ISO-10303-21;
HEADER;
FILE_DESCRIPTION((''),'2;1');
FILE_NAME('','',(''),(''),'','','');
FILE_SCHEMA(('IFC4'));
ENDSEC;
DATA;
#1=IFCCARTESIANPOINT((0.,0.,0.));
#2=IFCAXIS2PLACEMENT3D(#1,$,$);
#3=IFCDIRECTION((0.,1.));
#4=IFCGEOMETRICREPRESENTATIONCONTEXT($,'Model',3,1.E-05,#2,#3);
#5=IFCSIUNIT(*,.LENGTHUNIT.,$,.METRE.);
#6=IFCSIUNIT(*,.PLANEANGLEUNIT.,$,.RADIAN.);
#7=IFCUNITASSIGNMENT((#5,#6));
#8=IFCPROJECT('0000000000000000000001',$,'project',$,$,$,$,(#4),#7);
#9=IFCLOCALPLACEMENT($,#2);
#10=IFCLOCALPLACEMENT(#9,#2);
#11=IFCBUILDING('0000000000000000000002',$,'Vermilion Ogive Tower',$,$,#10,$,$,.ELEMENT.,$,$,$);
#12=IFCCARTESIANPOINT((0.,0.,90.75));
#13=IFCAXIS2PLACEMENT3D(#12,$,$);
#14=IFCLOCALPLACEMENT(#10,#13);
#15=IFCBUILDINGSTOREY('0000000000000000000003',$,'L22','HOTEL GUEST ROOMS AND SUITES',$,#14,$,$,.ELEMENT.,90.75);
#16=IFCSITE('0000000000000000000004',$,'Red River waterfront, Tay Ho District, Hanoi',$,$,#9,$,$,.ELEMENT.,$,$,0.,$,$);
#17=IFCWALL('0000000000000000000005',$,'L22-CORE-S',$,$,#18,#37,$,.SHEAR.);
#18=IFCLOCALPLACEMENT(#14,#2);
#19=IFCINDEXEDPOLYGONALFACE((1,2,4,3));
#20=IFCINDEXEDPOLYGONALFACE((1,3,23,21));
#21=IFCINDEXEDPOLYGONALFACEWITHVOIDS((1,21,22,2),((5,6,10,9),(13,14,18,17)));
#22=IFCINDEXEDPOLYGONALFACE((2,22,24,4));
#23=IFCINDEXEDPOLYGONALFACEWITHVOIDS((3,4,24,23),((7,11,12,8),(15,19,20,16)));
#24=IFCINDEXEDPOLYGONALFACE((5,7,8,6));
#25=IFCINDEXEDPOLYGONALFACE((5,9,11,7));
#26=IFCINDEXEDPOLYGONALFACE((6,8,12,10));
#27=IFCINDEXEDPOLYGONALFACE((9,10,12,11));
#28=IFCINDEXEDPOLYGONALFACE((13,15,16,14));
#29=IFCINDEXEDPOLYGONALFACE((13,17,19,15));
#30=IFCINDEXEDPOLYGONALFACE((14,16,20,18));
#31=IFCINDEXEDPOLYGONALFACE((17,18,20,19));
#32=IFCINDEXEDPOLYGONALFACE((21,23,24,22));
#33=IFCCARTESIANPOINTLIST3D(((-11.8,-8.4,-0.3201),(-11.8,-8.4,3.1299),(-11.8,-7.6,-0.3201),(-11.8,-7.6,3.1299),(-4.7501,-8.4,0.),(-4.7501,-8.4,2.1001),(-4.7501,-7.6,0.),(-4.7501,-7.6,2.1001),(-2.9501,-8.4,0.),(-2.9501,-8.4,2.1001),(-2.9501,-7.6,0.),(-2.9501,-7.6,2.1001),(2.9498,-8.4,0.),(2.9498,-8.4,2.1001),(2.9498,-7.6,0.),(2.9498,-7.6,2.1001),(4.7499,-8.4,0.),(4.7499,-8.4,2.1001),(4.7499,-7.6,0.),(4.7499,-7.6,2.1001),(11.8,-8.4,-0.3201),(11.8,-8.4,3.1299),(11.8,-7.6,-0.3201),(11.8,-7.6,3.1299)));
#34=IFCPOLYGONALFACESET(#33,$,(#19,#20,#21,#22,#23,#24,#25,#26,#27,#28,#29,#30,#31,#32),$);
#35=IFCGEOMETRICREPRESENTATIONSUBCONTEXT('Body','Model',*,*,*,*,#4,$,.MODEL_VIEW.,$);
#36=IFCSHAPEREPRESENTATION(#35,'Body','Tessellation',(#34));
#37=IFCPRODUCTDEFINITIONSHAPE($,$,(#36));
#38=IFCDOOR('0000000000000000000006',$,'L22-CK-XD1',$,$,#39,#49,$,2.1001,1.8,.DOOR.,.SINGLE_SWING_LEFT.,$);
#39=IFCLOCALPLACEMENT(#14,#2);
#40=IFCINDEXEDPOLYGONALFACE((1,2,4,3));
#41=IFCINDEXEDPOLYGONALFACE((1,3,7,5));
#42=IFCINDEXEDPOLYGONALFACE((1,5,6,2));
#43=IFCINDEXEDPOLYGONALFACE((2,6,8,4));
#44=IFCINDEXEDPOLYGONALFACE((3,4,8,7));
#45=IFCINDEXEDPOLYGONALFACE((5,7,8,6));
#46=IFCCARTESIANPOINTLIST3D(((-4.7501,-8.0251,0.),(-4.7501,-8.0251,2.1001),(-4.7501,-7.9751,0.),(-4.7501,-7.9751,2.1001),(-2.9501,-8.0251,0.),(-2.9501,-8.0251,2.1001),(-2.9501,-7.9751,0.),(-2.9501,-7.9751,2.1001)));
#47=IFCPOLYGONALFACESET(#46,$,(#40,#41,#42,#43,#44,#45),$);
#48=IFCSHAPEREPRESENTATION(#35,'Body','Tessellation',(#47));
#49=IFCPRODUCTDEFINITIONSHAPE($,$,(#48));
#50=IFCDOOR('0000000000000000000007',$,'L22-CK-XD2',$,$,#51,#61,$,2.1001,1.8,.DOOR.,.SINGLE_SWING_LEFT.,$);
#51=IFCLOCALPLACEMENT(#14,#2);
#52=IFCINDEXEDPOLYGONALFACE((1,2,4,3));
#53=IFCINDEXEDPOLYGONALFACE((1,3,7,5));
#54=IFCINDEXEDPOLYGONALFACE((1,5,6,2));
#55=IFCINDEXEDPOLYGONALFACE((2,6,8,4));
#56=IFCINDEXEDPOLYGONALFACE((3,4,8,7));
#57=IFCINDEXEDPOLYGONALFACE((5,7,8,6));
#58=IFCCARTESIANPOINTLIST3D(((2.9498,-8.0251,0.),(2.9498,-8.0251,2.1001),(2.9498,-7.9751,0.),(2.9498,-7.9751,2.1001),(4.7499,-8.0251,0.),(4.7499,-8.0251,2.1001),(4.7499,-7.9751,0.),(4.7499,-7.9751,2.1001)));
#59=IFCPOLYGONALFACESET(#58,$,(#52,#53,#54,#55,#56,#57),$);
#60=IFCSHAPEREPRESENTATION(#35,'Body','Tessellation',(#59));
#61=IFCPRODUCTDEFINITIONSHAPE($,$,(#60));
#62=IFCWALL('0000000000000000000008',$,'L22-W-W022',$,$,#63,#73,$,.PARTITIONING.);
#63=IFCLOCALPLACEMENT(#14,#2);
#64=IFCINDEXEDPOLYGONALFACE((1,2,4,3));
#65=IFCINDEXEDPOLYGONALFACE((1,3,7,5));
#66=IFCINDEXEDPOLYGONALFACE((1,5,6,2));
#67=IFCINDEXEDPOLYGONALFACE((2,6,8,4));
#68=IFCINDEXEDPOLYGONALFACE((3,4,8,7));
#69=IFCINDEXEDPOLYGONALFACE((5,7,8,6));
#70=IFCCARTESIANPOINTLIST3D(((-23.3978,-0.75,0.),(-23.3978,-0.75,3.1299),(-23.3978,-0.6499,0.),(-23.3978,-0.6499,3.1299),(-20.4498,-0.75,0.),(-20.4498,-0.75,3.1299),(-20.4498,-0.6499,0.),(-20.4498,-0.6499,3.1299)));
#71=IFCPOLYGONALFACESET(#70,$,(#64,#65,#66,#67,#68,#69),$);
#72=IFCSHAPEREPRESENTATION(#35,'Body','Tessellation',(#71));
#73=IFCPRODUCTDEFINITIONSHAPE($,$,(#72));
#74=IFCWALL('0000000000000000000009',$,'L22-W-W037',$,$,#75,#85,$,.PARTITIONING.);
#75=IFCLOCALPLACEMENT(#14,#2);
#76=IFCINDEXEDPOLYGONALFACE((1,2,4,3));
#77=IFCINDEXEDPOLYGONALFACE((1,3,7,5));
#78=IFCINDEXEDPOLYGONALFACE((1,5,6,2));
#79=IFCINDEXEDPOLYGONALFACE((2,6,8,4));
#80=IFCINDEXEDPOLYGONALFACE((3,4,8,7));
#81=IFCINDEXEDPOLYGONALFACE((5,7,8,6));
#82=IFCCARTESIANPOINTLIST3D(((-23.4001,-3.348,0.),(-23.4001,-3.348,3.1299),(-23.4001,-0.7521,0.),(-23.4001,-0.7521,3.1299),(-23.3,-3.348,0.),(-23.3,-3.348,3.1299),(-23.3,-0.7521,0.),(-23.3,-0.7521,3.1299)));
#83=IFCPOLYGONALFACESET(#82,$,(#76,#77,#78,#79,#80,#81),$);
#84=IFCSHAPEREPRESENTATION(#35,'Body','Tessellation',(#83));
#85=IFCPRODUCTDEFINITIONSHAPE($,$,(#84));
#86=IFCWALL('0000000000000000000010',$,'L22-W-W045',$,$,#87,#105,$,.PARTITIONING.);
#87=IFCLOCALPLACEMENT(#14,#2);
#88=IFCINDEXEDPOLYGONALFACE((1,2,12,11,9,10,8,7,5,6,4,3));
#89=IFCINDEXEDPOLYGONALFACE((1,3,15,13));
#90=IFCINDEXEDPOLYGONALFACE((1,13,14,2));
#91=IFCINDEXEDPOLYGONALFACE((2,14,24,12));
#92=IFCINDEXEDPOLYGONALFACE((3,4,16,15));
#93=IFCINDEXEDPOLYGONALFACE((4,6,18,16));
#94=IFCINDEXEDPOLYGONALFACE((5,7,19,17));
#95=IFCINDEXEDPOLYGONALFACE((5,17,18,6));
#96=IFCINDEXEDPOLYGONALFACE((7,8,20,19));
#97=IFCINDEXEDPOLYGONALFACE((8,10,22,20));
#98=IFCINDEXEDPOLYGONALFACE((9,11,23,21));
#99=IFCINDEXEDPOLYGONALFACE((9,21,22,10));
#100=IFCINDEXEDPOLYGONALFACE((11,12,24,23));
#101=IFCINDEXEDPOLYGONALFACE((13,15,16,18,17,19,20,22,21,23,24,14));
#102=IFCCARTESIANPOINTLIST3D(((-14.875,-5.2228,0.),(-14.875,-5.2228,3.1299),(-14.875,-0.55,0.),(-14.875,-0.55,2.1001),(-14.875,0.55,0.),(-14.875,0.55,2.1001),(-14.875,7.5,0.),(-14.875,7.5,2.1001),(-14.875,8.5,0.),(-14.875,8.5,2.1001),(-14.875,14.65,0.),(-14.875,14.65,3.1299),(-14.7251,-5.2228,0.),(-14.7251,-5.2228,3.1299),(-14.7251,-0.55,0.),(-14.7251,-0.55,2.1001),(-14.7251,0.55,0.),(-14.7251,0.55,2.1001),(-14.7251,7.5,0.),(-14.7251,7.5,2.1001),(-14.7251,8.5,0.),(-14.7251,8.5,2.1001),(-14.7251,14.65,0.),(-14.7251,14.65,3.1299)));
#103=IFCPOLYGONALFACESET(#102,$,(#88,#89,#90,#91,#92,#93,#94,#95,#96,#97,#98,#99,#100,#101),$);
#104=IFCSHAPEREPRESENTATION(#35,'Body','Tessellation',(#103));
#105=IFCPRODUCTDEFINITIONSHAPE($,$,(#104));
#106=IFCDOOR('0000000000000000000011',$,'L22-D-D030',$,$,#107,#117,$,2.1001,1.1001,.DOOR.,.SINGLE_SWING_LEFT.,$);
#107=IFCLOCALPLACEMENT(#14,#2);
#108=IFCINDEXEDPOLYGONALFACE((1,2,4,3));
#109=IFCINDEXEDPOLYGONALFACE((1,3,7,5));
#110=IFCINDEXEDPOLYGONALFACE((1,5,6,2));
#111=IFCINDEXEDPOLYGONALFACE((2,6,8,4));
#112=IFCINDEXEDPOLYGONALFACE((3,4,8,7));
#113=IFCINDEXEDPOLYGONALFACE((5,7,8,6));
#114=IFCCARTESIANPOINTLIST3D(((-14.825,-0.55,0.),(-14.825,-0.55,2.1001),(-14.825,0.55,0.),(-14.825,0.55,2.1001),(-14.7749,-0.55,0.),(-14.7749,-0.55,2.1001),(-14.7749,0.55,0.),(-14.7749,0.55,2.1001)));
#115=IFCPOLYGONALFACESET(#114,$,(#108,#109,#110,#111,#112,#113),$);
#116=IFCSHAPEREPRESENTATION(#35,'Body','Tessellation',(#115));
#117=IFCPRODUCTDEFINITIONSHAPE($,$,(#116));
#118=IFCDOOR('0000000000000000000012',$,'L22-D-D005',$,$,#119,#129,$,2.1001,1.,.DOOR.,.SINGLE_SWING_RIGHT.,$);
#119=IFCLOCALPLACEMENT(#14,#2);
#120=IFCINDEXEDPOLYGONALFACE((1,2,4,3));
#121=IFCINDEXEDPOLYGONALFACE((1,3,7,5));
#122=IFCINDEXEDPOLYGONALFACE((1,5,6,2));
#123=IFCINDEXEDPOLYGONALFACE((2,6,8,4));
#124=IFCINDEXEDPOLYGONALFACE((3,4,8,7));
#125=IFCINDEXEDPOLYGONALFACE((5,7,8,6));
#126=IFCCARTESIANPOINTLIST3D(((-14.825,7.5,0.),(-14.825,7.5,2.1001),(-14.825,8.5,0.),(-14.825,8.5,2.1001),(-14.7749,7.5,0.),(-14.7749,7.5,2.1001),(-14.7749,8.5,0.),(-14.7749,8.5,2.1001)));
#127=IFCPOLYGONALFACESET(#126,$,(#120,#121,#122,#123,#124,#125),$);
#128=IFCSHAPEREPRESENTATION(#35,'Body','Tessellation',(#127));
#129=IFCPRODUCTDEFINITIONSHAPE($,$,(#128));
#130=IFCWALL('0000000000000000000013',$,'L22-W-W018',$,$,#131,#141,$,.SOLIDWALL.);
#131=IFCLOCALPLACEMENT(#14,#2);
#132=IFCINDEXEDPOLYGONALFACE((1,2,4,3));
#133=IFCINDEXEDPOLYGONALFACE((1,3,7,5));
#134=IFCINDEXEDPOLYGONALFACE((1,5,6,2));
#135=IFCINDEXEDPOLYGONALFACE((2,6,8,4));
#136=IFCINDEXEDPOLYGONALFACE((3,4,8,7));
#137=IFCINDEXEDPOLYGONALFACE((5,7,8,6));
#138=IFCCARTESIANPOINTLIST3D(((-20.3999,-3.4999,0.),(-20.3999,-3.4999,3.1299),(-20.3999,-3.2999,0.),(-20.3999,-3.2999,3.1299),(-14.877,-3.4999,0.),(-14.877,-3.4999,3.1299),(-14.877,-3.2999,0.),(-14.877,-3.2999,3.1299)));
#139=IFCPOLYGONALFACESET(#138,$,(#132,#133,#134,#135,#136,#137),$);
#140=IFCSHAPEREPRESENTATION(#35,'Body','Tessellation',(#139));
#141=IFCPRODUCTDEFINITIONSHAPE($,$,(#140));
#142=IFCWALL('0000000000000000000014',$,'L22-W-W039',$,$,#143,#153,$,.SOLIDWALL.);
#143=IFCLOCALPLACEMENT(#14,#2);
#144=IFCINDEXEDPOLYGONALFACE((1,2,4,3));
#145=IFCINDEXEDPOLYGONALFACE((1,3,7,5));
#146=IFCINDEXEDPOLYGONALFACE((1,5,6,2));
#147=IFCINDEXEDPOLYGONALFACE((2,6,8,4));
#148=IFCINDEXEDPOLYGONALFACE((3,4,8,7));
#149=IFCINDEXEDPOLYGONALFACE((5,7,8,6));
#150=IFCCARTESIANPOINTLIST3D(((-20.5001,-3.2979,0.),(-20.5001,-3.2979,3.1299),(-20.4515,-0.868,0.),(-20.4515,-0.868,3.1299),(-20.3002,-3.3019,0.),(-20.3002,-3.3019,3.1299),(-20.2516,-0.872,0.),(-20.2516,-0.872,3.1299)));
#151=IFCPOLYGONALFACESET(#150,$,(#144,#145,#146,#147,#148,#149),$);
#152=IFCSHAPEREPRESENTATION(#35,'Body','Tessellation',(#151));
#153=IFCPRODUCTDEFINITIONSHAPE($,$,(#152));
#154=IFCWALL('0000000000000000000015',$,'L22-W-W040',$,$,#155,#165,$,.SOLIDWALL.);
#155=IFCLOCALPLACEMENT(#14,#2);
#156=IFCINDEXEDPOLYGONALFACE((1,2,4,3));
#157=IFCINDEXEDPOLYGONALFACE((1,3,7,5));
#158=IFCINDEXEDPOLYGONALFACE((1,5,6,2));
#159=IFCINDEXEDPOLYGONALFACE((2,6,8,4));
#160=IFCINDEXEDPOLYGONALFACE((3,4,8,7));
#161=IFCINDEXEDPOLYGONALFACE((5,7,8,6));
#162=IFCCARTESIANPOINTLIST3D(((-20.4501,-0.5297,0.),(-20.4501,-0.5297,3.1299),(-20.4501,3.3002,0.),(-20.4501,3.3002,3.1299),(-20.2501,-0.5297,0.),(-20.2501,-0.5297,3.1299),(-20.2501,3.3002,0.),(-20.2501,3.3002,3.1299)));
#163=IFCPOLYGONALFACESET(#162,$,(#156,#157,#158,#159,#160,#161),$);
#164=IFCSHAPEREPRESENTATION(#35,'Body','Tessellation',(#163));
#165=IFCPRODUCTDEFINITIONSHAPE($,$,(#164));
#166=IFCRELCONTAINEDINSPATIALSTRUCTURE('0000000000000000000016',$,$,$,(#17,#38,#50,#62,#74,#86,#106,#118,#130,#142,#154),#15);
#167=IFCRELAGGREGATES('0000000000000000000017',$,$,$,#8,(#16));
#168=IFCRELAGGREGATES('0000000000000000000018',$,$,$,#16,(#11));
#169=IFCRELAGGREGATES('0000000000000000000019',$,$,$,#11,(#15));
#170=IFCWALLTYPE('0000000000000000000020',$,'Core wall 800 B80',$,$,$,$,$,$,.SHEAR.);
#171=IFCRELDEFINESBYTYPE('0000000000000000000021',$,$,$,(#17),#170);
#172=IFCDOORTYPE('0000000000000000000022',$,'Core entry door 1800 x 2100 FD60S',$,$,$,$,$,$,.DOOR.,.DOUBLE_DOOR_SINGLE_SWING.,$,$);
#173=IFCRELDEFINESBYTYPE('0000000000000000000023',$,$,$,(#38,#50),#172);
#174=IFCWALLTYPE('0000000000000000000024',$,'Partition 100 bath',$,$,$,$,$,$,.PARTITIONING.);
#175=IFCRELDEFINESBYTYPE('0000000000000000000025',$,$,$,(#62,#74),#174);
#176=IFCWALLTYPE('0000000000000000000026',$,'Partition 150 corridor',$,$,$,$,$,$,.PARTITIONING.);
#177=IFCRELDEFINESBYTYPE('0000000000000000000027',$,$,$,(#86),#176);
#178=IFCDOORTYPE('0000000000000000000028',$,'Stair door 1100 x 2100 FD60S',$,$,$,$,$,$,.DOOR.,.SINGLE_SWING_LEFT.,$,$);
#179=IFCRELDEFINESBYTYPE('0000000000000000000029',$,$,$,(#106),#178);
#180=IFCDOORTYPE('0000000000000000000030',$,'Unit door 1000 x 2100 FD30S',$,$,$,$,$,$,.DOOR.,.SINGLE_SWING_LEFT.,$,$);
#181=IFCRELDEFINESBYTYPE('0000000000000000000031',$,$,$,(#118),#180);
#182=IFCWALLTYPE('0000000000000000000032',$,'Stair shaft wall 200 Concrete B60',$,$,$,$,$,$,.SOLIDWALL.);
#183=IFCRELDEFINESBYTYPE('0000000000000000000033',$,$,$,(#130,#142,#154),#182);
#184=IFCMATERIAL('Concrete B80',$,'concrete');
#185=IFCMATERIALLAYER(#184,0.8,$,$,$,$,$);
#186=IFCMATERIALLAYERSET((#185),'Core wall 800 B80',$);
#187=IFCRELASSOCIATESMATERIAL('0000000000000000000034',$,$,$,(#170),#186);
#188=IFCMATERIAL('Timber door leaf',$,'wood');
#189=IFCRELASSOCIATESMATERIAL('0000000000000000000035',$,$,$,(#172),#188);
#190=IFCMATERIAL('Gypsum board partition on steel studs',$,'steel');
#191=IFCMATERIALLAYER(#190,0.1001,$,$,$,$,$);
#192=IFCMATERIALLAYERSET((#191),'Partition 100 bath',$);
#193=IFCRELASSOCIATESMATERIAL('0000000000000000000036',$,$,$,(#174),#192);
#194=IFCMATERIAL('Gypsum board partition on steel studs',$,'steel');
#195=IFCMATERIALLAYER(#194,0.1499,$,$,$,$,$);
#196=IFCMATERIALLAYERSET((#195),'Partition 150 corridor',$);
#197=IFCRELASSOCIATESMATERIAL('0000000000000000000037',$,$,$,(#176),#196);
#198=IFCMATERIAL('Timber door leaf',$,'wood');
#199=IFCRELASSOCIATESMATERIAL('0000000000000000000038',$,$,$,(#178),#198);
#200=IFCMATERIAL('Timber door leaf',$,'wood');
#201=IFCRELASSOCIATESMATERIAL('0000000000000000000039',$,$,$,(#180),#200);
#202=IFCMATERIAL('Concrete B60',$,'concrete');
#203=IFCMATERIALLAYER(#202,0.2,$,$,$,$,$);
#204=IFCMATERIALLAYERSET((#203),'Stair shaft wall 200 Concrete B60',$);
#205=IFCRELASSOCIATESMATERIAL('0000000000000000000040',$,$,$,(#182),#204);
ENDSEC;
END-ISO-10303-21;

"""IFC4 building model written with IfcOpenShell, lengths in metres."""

from ifc_helpers import new_model, si_unit, direction, frame, frame_2d, origin, place, context, subcontext, project, spatial, rectangle, extrude, material, layer, layer_set, type_object, element, fill, save


model = new_model("IFC4")

# Units and contexts
model_context = context("Model", 3, precision=1e-05, world=origin(), true_north=direction((0.0, 1.0)))
body_context = subcontext(model_context, "Body", "Model", "MODEL_VIEW")
ifc_project = project(units=[si_unit("LENGTHUNIT", "METRE"), si_unit("PLANEANGLEUNIT", "RADIAN")], contexts=[model_context])

# Site, building, storey
site_placement = place(None, origin())
site = spatial("IfcSite", under=ifc_project, at=site_placement, Name="Red River waterfront, Tay Ho District, Hanoi", CompositionType="ELEMENT", RefElevation=0.0)
building_placement = place(site_placement, origin())
building = spatial("IfcBuilding", under=site, at=building_placement, Name="Vermilion Ogive Tower", CompositionType="ELEMENT")
storey_placement = place(building_placement, frame((0.0, 0.0, 90.75)))
storey = spatial("IfcBuildingStorey", under=building, at=storey_placement, Name="L22", Description="HOTEL GUEST ROOMS AND SUITES", CompositionType="ELEMENT", Elevation=90.75)

# Wall, openings, doors
ifc_material_1 = material(Name="Concrete B80", Category="concrete")
ifc_layer_1 = layer(ifc_material_1, 0.8)
ifc_layer_set_1 = layer_set([ifc_layer_1], Name="Core wall 800 B80")
wall_type_1 = type_object("IfcWallType", Name="Core wall 800 B80", PredefinedType="SHEAR", material=ifc_layer_set_1)
wall_1_placement = place(storey_placement, frame((-11.8, -8.0, -0.3201), z_axis=(0.0, 0.0, 1.0), x_axis=(1.0, 0.0, 0.0)))
wall_1 = element("IfcWall", 1, at=wall_1_placement, inside=storey, type_object=wall_type_1, Name="L22-CORE-S", PredefinedType="SHEAR", context=body_context, shape_type="SweptSolid", body=[
    extrude(rectangle(XDim=23.6001, YDim=0.8, at=frame_2d((11.8, 0.0))), origin(), (0.0, 0.0, 1.0), 3.45),
])
opening_1_placement = place(wall_1_placement, frame((7.05, 0.0, 0.3201)))
opening_1 = element("IfcOpeningElement", 2, at=opening_1_placement, cuts=wall_1, PredefinedType="OPENING", context=body_context, shape_type="SweptSolid", body=[
    extrude(rectangle(XDim=1.8, YDim=2.1001, at=frame_2d((0.8999, 1.05))), frame((0.0, 0.4099, 0.0), z_axis=(0.0, -1.0, 0.0), x_axis=(1.0, 0.0, 0.0)), (0.0, 0.0, 1.0), 0.8201),
])
opening_2_placement = place(wall_1_placement, frame((14.75, 0.0, 0.3201)))
opening_2 = element("IfcOpeningElement", 3, at=opening_2_placement, cuts=wall_1, PredefinedType="OPENING", context=body_context, shape_type="SweptSolid", body=[
    extrude(rectangle(XDim=1.8, YDim=2.1001, at=frame_2d((0.8999, 1.05))), frame((0.0, 0.4099, 0.0), z_axis=(0.0, -1.0, 0.0), x_axis=(1.0, 0.0, 0.0)), (0.0, 0.0, 1.0), 0.8201),
])
ifc_material_2 = material(Name="Timber door leaf", Category="wood")
door_type_1 = type_object("IfcDoorType", Name="Core entry door 1800 x 2100 FD60S", OperationType="DOUBLE_DOOR_SINGLE_SWING", PredefinedType="DOOR", material=ifc_material_2)
door_1_placement = place(opening_1_placement, origin())
door_1 = element("IfcDoor", 4, at=door_1_placement, inside=storey, type_object=door_type_1, Name="L22-CK-XD1", OperationType="SINGLE_SWING_LEFT", OverallHeight=2.1001, OverallWidth=1.8, PredefinedType="DOOR", context=body_context, shape_type="SweptSolid", body=[
    extrude(rectangle(XDim=1.8, YDim=2.1001, at=frame_2d((0.8999, 1.05))), frame((0.0, 0.0249, 0.0), z_axis=(0.0, -1.0, 0.0), x_axis=(1.0, 0.0, 0.0)), (0.0, 0.0, 1.0), 0.05),
])
fill(opening_1, door_1)
door_2_placement = place(opening_2_placement, origin())
door_2 = element("IfcDoor", 5, at=door_2_placement, inside=storey, type_object=door_type_1, Name="L22-CK-XD2", OperationType="SINGLE_SWING_LEFT", OverallHeight=2.1001, OverallWidth=1.8, PredefinedType="DOOR", context=body_context, shape_type="SweptSolid", body=[
    extrude(rectangle(XDim=1.8, YDim=2.1001, at=frame_2d((0.8999, 1.05))), frame((0.0, 0.0249, 0.0), z_axis=(0.0, -1.0, 0.0), x_axis=(1.0, 0.0, 0.0)), (0.0, 0.0, 1.0), 0.05),
])
fill(opening_2, door_2)

# Walls
ifc_material_3 = material(Name="Gypsum board partition on steel studs", Category="steel")
ifc_layer_2 = layer(ifc_material_3, 0.1001)
ifc_layer_set_2 = layer_set([ifc_layer_2], Name="Partition 100 bath")
wall_type_2 = type_object("IfcWallType", Name="Partition 100 bath", PredefinedType="PARTITIONING", material=ifc_layer_set_2)
wall_2_placement = place(storey_placement, frame((-23.3979, -0.7, 0.0), z_axis=(0.0, 0.0, 1.0), x_axis=(1.0, 0.0, 0.0)))
element("IfcWall", 6, at=wall_2_placement, inside=storey, type_object=wall_type_2, Name="L22-W-W022", PredefinedType="PARTITIONING", context=body_context, shape_type="SweptSolid", body=[
    extrude(rectangle(XDim=2.948, YDim=0.1001, at=frame_2d((1.4741, 0.0))), origin(), (0.0, 0.0, 1.0), 3.1299),
])
wall_3_placement = place(storey_placement, frame((-23.3501, -3.3479, 0.0), z_axis=(0.0, 0.0, 1.0), x_axis=(0.0, 1.0, 0.0)))
element("IfcWall", 7, at=wall_3_placement, inside=storey, type_object=wall_type_2, Name="L22-W-W037", PredefinedType="PARTITIONING", context=body_context, shape_type="SweptSolid", body=[
    extrude(rectangle(XDim=2.5959, YDim=0.1001, at=frame_2d((1.2979, 0.0))), origin(), (0.0, 0.0, 1.0), 3.1299),
])

# Wall, openings, doors
ifc_material_4 = material(Name="Gypsum board partition on steel studs", Category="steel")
ifc_layer_3 = layer(ifc_material_4, 0.1499)
ifc_layer_set_3 = layer_set([ifc_layer_3], Name="Partition 150 corridor")
wall_type_3 = type_object("IfcWallType", Name="Partition 150 corridor", PredefinedType="PARTITIONING", material=ifc_layer_set_3)
wall_4_placement = place(storey_placement, frame((-14.8, -5.2229, 0.0), z_axis=(0.0, 0.0, 1.0), x_axis=(0.0, 1.0, 0.0)))
wall_4 = element("IfcWall", 8, at=wall_4_placement, inside=storey, type_object=wall_type_3, Name="L22-W-W045", PredefinedType="PARTITIONING", context=body_context, shape_type="SweptSolid", body=[
    extrude(rectangle(XDim=19.8728, YDim=0.1499, at=frame_2d((9.9365, 0.0))), origin(), (0.0, 0.0, 1.0), 3.1299),
])
opening_3_placement = place(wall_4_placement, frame((12.7229, 0.0, 0.0)))
opening_3 = element("IfcOpeningElement", 9, at=opening_3_placement, cuts=wall_4, PredefinedType="OPENING", context=body_context, shape_type="SweptSolid", body=[
    extrude(rectangle(XDim=1.0, YDim=2.1001, at=frame_2d((0.5, 1.05))), frame((0.0, 0.085, 0.0), z_axis=(0.0, -1.0, 0.0), x_axis=(1.0, 0.0, 0.0)), (0.0, 0.0, 1.0), 0.1699),
])
opening_4_placement = place(wall_4_placement, frame((4.6729, 0.0, 0.0)))
opening_4 = element("IfcOpeningElement", 10, at=opening_4_placement, cuts=wall_4, PredefinedType="OPENING", context=body_context, shape_type="SweptSolid", body=[
    extrude(rectangle(XDim=1.1001, YDim=2.1001, at=frame_2d((0.55, 1.05))), frame((0.0, 0.085, 0.0), z_axis=(0.0, -1.0, 0.0), x_axis=(1.0, 0.0, 0.0)), (0.0, 0.0, 1.0), 0.1699),
])
ifc_material_5 = material(Name="Timber door leaf", Category="wood")
door_type_2 = type_object("IfcDoorType", Name="Stair door 1100 x 2100 FD60S", OperationType="SINGLE_SWING_LEFT", PredefinedType="DOOR", material=ifc_material_5)
door_3_placement = place(opening_4_placement, origin())
door_3 = element("IfcDoor", 11, at=door_3_placement, inside=storey, type_object=door_type_2, Name="L22-D-D030", OperationType="SINGLE_SWING_LEFT", OverallHeight=2.1001, OverallWidth=1.1001, PredefinedType="DOOR", context=body_context, shape_type="SweptSolid", body=[
    extrude(rectangle(XDim=1.1001, YDim=2.1001, at=frame_2d((0.55, 1.05))), frame((0.0, 0.0249, 0.0), z_axis=(0.0, -1.0, 0.0), x_axis=(1.0, 0.0, 0.0)), (0.0, 0.0, 1.0), 0.05),
])
fill(opening_4, door_3)
ifc_material_6 = material(Name="Timber door leaf", Category="wood")
door_type_3 = type_object("IfcDoorType", Name="Unit door 1000 x 2100 FD30S", OperationType="SINGLE_SWING_LEFT", PredefinedType="DOOR", material=ifc_material_6)
door_4_placement = place(opening_3_placement, origin())
door_4 = element("IfcDoor", 12, at=door_4_placement, inside=storey, type_object=door_type_3, Name="L22-D-D005", OperationType="SINGLE_SWING_RIGHT", OverallHeight=2.1001, OverallWidth=1.0, PredefinedType="DOOR", context=body_context, shape_type="SweptSolid", body=[
    extrude(rectangle(XDim=1.0, YDim=2.1001, at=frame_2d((0.5, 1.05))), frame((0.0, 0.0249, 0.0), z_axis=(0.0, -1.0, 0.0), x_axis=(1.0, 0.0, 0.0)), (0.0, 0.0, 1.0), 0.05),
])
fill(opening_3, door_4)

# Walls
ifc_material_7 = material(Name="Concrete B60", Category="concrete")
ifc_layer_4 = layer(ifc_material_7, 0.2)
ifc_layer_set_4 = layer_set([ifc_layer_4], Name="Stair shaft wall 200 Concrete B60")
wall_type_4 = type_object("IfcWallType", Name="Stair shaft wall 200 Concrete B60", PredefinedType="SOLIDWALL", material=ifc_layer_set_4)
wall_5_placement = place(storey_placement, frame((-20.3999, -3.3999, 0.0), z_axis=(0.0, 0.0, 1.0), x_axis=(1.0, 0.0, 0.0)))
element("IfcWall", 13, at=wall_5_placement, inside=storey, type_object=wall_type_4, Name="L22-W-W018", PredefinedType="SOLIDWALL", context=body_context, shape_type="SweptSolid", body=[
    extrude(rectangle(XDim=5.5229, YDim=0.2, at=frame_2d((2.7615, 0.0))), origin(), (0.0, 0.0, 1.0), 3.1299),
])
wall_6_placement = place(storey_placement, frame((-20.4001, -3.3, 0.0), z_axis=(0.0, 0.0, 1.0), x_axis=(0.01999, 0.9998, 0.0)))
element("IfcWall", 14, at=wall_6_placement, inside=storey, type_object=wall_type_4, Name="L22-W-W039", PredefinedType="SOLIDWALL", context=body_context, shape_type="SweptSolid", body=[
    extrude(rectangle(XDim=2.4304, YDim=0.2, at=frame_2d((1.2153, 0.0))), origin(), (0.0, 0.0, 1.0), 3.1299),
])
wall_7_placement = place(storey_placement, frame((-20.3501, -0.5298, 0.0), z_axis=(0.0, 0.0, 1.0), x_axis=(0.0, 1.0, 0.0)))
element("IfcWall", 15, at=wall_7_placement, inside=storey, type_object=wall_type_4, Name="L22-W-W040", PredefinedType="SOLIDWALL", context=body_context, shape_type="SweptSolid", body=[
    extrude(rectangle(XDim=3.8298, YDim=0.2, at=frame_2d((1.915, 0.0))), origin(), (0.0, 0.0, 1.0), 3.1299),
])

save(model, "model.ifc")
